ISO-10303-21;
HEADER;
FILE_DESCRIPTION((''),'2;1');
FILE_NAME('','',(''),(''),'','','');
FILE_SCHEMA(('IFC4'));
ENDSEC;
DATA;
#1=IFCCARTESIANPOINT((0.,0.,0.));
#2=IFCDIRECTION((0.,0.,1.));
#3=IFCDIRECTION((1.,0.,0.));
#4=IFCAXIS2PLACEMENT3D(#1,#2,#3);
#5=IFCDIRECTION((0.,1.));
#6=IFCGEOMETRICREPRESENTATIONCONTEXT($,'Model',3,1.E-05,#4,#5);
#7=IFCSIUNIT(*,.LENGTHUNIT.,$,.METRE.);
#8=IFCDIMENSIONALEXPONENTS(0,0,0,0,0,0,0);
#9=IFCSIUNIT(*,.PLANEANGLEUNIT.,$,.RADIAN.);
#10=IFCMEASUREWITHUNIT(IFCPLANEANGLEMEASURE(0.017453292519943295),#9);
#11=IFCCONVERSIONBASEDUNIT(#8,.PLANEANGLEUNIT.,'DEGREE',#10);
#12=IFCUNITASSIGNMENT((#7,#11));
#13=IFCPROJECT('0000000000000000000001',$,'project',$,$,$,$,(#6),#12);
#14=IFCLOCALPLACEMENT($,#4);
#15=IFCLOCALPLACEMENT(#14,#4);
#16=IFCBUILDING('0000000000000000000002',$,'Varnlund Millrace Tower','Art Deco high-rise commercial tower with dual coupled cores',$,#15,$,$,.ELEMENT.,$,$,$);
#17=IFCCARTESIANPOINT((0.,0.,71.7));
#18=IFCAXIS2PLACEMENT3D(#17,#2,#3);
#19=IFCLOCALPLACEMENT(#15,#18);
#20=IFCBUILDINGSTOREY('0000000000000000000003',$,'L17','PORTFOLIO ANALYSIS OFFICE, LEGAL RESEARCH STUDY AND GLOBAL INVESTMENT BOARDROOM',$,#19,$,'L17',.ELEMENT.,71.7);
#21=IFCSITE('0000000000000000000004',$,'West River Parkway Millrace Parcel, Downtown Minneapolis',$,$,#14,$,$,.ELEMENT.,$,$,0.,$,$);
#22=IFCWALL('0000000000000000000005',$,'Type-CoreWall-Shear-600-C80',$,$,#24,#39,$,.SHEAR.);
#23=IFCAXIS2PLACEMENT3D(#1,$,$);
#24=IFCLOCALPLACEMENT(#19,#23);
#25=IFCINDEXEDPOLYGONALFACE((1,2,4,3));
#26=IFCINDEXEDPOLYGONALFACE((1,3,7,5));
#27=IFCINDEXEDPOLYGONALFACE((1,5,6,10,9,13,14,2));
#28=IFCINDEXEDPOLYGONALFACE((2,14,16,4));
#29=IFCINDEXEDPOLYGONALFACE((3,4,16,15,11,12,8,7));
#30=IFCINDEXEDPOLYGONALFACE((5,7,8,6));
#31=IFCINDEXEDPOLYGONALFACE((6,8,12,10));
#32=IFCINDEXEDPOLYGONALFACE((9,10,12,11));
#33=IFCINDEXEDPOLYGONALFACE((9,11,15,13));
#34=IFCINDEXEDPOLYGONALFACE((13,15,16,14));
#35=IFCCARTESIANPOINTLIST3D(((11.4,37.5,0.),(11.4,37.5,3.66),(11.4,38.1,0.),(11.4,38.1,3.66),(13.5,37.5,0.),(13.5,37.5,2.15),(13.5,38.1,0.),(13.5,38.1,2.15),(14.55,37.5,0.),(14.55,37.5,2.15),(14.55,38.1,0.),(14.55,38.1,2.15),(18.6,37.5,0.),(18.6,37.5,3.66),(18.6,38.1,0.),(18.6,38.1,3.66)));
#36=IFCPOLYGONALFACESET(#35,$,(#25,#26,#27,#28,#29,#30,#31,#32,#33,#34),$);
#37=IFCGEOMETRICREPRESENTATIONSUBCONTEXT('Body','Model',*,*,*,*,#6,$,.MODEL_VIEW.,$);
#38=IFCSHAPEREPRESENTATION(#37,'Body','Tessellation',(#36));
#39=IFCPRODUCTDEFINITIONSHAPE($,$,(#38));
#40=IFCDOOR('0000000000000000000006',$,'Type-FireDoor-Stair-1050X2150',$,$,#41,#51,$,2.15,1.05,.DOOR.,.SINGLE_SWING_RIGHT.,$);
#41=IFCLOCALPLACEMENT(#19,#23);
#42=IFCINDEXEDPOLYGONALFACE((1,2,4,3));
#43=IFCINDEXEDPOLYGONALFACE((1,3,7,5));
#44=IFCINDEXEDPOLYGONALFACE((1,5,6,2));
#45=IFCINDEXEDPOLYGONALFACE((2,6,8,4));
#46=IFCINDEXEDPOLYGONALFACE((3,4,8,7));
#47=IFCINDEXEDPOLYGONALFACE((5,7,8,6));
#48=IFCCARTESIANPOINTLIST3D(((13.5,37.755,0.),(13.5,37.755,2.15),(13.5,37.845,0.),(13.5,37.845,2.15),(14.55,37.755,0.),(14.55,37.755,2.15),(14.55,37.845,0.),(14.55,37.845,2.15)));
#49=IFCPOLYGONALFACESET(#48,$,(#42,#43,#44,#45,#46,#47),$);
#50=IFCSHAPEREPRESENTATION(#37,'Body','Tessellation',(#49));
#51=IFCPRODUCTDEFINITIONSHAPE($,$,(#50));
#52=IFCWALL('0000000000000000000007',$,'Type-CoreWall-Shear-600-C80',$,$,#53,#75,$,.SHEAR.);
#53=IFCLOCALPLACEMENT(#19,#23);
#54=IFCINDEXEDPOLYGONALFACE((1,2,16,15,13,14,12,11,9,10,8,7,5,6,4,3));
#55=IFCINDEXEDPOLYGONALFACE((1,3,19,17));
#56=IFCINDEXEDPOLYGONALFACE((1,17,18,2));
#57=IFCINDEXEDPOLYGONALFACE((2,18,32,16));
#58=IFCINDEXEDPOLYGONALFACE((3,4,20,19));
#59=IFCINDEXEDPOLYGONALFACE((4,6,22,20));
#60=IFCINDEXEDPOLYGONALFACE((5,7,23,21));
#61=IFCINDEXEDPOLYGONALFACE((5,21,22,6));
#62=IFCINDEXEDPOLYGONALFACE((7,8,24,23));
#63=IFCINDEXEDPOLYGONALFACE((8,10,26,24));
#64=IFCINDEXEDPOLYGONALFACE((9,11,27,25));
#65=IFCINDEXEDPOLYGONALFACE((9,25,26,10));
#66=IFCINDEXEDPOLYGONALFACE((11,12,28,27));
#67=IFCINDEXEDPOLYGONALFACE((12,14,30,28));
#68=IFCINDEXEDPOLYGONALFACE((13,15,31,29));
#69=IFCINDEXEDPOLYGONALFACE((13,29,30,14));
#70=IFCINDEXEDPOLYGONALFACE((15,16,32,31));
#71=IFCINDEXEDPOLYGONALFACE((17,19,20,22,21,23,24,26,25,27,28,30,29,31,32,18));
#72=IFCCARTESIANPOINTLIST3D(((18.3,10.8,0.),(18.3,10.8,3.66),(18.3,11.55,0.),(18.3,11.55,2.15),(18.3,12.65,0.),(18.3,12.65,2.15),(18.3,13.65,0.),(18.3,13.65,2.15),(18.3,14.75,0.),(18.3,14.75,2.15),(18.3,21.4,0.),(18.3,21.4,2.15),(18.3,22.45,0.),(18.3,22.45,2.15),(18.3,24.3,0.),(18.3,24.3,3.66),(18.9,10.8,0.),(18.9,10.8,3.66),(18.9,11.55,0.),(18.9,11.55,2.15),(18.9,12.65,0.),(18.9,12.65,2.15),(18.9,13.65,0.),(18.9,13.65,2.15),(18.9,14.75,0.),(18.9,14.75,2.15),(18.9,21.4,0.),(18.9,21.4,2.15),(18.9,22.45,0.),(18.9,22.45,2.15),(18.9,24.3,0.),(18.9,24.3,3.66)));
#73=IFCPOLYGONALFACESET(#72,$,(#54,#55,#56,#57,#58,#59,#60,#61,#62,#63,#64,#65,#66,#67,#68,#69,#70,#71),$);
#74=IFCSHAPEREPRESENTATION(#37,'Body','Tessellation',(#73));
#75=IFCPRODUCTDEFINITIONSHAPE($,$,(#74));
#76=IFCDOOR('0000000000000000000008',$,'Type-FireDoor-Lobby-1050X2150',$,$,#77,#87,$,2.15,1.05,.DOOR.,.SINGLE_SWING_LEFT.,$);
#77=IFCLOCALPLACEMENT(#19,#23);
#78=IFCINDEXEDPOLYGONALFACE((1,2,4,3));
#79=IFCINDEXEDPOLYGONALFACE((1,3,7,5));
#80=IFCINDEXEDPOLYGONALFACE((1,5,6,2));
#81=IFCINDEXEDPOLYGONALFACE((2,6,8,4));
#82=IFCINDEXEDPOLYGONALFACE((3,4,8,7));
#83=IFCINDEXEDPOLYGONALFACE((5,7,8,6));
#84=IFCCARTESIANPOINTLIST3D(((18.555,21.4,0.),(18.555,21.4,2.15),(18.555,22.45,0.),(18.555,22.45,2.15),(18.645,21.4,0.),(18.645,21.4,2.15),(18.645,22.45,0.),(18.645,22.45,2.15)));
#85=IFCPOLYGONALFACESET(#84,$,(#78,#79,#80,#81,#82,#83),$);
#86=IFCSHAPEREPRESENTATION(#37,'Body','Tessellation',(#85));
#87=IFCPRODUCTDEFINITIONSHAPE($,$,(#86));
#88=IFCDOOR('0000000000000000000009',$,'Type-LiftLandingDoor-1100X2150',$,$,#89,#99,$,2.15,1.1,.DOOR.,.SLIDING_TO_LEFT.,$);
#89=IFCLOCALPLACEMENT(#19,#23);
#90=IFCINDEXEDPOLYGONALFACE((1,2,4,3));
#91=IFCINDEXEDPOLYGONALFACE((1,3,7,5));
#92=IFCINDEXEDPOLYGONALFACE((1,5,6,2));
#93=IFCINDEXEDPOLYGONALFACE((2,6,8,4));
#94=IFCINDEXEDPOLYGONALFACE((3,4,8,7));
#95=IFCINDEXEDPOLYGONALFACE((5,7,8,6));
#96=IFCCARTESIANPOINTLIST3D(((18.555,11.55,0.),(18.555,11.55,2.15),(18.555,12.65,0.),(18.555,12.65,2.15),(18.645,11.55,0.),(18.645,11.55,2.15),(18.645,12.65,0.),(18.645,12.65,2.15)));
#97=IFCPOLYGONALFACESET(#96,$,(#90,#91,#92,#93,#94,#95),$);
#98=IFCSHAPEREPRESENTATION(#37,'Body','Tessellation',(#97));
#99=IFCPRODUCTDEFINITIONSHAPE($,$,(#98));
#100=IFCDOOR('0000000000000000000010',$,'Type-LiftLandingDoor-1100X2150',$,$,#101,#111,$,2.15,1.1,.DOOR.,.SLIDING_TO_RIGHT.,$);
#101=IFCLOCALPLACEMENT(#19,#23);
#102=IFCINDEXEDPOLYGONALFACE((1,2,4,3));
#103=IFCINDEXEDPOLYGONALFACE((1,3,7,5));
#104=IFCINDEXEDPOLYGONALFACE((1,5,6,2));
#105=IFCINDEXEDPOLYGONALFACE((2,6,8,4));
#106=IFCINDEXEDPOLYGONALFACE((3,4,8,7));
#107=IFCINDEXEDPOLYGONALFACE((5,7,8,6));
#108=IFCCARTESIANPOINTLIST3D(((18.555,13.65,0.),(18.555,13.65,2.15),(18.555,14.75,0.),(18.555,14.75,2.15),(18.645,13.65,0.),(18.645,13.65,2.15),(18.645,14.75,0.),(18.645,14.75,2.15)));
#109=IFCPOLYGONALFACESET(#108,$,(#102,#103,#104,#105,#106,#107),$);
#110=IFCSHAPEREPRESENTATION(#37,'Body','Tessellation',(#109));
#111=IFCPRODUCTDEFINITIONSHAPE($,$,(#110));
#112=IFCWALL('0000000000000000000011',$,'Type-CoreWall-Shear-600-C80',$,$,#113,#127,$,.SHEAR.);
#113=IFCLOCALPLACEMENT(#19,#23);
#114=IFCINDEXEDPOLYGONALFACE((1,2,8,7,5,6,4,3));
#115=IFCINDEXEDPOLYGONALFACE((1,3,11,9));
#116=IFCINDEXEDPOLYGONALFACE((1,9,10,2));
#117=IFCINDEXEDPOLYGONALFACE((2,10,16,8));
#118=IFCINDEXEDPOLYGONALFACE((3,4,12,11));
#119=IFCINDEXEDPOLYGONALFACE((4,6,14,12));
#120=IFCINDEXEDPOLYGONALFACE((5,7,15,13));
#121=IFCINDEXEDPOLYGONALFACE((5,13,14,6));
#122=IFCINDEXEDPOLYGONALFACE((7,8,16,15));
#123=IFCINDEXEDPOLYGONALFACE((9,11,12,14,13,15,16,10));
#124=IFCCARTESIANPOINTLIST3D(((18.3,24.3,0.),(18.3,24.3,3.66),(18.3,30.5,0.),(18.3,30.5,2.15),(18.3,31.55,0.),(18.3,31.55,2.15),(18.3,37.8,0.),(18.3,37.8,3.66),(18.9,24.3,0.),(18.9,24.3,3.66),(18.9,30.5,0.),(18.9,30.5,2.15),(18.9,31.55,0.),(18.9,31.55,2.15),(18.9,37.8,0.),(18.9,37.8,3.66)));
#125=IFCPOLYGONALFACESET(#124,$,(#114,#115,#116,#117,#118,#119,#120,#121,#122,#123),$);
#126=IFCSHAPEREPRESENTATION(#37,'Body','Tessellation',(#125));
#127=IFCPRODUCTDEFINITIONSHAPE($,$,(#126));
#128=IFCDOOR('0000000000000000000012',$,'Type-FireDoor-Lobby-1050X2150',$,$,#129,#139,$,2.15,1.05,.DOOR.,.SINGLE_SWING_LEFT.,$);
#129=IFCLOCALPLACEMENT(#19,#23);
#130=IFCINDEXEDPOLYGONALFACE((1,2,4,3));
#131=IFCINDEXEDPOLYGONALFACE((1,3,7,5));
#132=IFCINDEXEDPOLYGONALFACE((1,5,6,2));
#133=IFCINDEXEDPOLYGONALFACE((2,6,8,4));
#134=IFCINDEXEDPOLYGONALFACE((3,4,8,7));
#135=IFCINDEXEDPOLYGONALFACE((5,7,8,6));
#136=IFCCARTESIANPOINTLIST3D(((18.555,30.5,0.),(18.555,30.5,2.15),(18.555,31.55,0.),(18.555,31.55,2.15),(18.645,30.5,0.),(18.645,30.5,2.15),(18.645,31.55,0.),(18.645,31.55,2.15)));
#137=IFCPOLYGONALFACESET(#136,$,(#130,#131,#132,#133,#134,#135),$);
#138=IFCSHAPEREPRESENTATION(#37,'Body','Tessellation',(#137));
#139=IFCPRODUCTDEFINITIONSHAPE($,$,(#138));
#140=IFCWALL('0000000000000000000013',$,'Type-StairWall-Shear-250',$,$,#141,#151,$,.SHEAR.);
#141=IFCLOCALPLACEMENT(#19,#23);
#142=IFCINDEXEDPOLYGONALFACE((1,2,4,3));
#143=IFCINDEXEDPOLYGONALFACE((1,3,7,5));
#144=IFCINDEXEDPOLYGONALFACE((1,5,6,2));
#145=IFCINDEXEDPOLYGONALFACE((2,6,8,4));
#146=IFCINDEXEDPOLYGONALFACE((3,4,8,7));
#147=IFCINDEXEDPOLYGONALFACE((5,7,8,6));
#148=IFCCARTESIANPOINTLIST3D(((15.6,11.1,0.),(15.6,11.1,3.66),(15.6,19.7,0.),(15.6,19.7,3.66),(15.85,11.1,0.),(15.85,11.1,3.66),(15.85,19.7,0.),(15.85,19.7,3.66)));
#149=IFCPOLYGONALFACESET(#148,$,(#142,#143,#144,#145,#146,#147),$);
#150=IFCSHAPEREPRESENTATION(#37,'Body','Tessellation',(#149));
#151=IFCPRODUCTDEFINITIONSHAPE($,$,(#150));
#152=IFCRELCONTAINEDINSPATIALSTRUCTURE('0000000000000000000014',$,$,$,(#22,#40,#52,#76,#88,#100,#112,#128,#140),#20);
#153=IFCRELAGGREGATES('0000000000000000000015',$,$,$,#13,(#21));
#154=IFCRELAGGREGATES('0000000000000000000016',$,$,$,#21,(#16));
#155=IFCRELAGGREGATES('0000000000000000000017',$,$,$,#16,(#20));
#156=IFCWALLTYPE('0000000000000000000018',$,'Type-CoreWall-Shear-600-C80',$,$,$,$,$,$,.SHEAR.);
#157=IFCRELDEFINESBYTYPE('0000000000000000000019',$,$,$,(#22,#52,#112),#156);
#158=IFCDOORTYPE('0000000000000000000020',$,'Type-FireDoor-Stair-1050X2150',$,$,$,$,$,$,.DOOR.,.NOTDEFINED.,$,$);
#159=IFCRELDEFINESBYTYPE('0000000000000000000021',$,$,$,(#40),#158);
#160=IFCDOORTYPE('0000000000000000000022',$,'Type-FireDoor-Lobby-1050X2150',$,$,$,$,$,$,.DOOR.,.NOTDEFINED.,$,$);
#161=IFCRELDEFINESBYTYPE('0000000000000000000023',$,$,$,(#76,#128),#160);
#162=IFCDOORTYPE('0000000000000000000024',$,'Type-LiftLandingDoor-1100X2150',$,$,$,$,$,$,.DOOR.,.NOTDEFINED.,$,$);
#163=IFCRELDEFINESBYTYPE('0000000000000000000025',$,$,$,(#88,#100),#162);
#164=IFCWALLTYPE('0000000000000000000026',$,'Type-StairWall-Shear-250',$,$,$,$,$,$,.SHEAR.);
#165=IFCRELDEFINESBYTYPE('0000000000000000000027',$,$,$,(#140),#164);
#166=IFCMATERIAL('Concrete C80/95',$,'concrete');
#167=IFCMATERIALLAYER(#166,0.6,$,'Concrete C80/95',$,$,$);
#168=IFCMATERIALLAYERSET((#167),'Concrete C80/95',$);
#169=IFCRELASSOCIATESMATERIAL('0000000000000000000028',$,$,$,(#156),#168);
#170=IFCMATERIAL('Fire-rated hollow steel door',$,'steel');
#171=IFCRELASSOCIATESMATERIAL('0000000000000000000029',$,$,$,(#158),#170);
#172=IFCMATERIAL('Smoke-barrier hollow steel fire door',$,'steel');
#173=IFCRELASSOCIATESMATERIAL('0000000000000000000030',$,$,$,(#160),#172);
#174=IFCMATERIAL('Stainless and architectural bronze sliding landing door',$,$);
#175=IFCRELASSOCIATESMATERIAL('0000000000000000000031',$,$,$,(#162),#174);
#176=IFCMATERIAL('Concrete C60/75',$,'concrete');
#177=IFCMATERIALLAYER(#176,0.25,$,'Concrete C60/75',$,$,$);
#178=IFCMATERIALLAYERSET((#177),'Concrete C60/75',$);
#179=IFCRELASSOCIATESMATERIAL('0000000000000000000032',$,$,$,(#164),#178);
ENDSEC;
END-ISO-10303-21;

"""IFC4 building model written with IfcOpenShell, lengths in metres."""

from ifc_helpers import new_model, entity, si_unit, converted_unit, direction, frame, origin_with_axes, origin_2d_with_axis, place, context, subcontext, project, spatial, polyline, rectangle, outline, extrude, material, layer, layer_set, type_object, element, fill, save


model = new_model("IFC4")

# Units and contexts
model_context = context("Model", 3, precision=1e-05, world=origin_with_axes(), true_north=direction((0.0, 1.0)))
body_context = subcontext(model_context, "Body", "Model", "MODEL_VIEW")
ifc_project = project(units=[si_unit("LENGTHUNIT", "METRE"), converted_unit("PLANEANGLEUNIT", "DEGREE", entity("IfcPlaneAngleMeasure", 0.017453292519943295), si_unit("PLANEANGLEUNIT", "RADIAN"), dimensions=[0, 0, 0, 0, 0, 0, 0])], contexts=[model_context])

# Site, building, storey
site_placement = place(None, origin_with_axes())
site = spatial("IfcSite", under=ifc_project, at=site_placement, Name="West River Parkway Millrace Parcel, Downtown Minneapolis", CompositionType="ELEMENT", RefElevation=0.0)
building_placement = place(site_placement, origin_with_axes())
building = spatial("IfcBuilding", under=site, at=building_placement, Name="Varnlund Millrace Tower", Description="Art Deco high-rise commercial tower with dual coupled cores", CompositionType="ELEMENT")
storey_placement = place(building_placement, frame((0.0, 0.0, 71.7), z_axis=(0.0, 0.0, 1.0), x_axis=(1.0, 0.0, 0.0)))
storey = spatial("IfcBuildingStorey", under=building, at=storey_placement, Name="L17", Description="PORTFOLIO ANALYSIS OFFICE, LEGAL RESEARCH STUDY AND GLOBAL INVESTMENT BOARDROOM", LongName="L17", CompositionType="ELEMENT", Elevation=71.7)

# Shared definitions
ifc_material_1 = material(Name="Concrete C60/75", Category="concrete")

# Shared definitions
ifc_material_2 = material(Name="Concrete C80/95", Category="concrete")
ifc_layer_1 = layer(ifc_material_2, 0.6, Name="Concrete C80/95")
ifc_layer_set_1 = layer_set([ifc_layer_1], Name="Concrete C80/95")
wall_type_1 = type_object("IfcWallType", Name="Type-CoreWall-Shear-600-C80", PredefinedType="SHEAR", material=ifc_layer_set_1)

# Wall, opening, door
ifc_material_3 = material(Name="Fire-rated hollow steel door", Category="steel")
door_type_1 = type_object("IfcDoorType", Name="Type-FireDoor-Stair-1050X2150", OperationType="NOTDEFINED", PredefinedType="DOOR", material=ifc_material_3)
wall_1_placement = place(storey_placement, frame((11.4, 37.8, 0.0), z_axis=(0.0, 0.0, 1.0), x_axis=(1.0, 0.0, 0.0)))
wall_1 = element("IfcWall", 1, at=wall_1_placement, inside=storey, type_object=wall_type_1, Name="Type-CoreWall-Shear-600-C80", PredefinedType="SHEAR", context=body_context, shape_type="SweptSolid", body=[
    extrude(outline(polyline([(0.0, -0.3), (7.2, -0.3), (7.2, 0.3), (0.0, 0.3), (0.0, -0.3)])), origin_with_axes(), (0.0, 0.0, 1.0), 3.66),
])
opening_1_placement = place(wall_1_placement, frame((2.625, 0.0, 0.0), z_axis=(0.0, 0.0, 1.0), x_axis=(1.0, 0.0, 0.0)))
opening_1 = element("IfcOpeningElement", 2, at=opening_1_placement, cuts=wall_1, PredefinedType="OPENING", context=body_context, shape_type="SweptSolid", body=[
    extrude(rectangle(XDim=1.05, YDim=0.62, at=origin_2d_with_axis()), origin_with_axes(), (0.0, 0.0, 1.0), 2.15),
])
door_1_placement = place(wall_1_placement, frame((2.625, 0.0, 0.0), z_axis=(0.0, 0.0, 1.0), x_axis=(1.0, 0.0, 0.0)))
door_1 = element("IfcDoor", 3, at=door_1_placement, inside=storey, type_object=door_type_1, Name="Type-FireDoor-Stair-1050X2150", OperationType="SINGLE_SWING_RIGHT", OverallHeight=2.15, OverallWidth=1.05, PredefinedType="DOOR", context=body_context, shape_type="SweptSolid", body=[
    extrude(rectangle(XDim=1.05, YDim=0.09, at=origin_2d_with_axis()), origin_with_axes(), (0.0, 0.0, 1.0), 2.15),
])
fill(opening_1, door_1)

# Wall, openings, doors
wall_2_placement = place(storey_placement, frame((18.6, 10.8, 0.0), z_axis=(0.0, 0.0, 1.0), x_axis=(0.0, 1.0, 0.0)))
wall_2 = element("IfcWall", 4, at=wall_2_placement, inside=storey, type_object=wall_type_1, Name="Type-CoreWall-Shear-600-C80", PredefinedType="SHEAR", context=body_context, shape_type="SweptSolid", body=[
    extrude(outline(polyline([(0.0, -0.3), (13.5, -0.3), (13.5, 0.3), (0.0, 0.3), (0.0, -0.3)])), origin_with_axes(), (0.0, 0.0, 1.0), 3.66),
])
opening_2_placement = place(wall_2_placement, frame((1.3, 0.0, 0.0), z_axis=(0.0, 0.0, 1.0), x_axis=(1.0, 0.0, 0.0)))
opening_2 = element("IfcOpeningElement", 5, at=opening_2_placement, cuts=wall_2, PredefinedType="OPENING", context=body_context, shape_type="SweptSolid", body=[
    extrude(rectangle(XDim=1.1, YDim=0.62, at=origin_2d_with_axis()), origin_with_axes(), (0.0, 0.0, 1.0), 2.15),
])
opening_3_placement = place(wall_2_placement, frame((3.4, 0.0, 0.0), z_axis=(0.0, 0.0, 1.0), x_axis=(1.0, 0.0, 0.0)))
opening_3 = element("IfcOpeningElement", 6, at=opening_3_placement, cuts=wall_2, PredefinedType="OPENING", context=body_context, shape_type="SweptSolid", body=[
    extrude(rectangle(XDim=1.1, YDim=0.62, at=origin_2d_with_axis()), origin_with_axes(), (0.0, 0.0, 1.0), 2.15),
])
opening_4_placement = place(wall_2_placement, frame((11.125, 0.0, 0.0), z_axis=(0.0, 0.0, 1.0), x_axis=(1.0, 0.0, 0.0)))
opening_4 = element("IfcOpeningElement", 7, at=opening_4_placement, cuts=wall_2, PredefinedType="OPENING", context=body_context, shape_type="SweptSolid", body=[
    extrude(rectangle(XDim=1.05, YDim=0.62, at=origin_2d_with_axis()), origin_with_axes(), (0.0, 0.0, 1.0), 2.15),
])
ifc_material_4 = material(Name="Smoke-barrier hollow steel fire door", Category="steel")
door_type_2 = type_object("IfcDoorType", Name="Type-FireDoor-Lobby-1050X2150", OperationType="NOTDEFINED", PredefinedType="DOOR", material=ifc_material_4)
door_2_placement = place(wall_2_placement, frame((11.125, 0.0, 0.0), z_axis=(0.0, 0.0, 1.0), x_axis=(1.0, 0.0, 0.0)))
door_2 = element("IfcDoor", 8, at=door_2_placement, inside=storey, type_object=door_type_2, Name="Type-FireDoor-Lobby-1050X2150", OperationType="SINGLE_SWING_LEFT", OverallHeight=2.15, OverallWidth=1.05, PredefinedType="DOOR", context=body_context, shape_type="SweptSolid", body=[
    extrude(rectangle(XDim=1.05, YDim=0.09, at=origin_2d_with_axis()), origin_with_axes(), (0.0, 0.0, 1.0), 2.15),
])
fill(opening_4, door_2)
ifc_material_5 = material(Name="Stainless and architectural bronze sliding landing door")
door_type_3 = type_object("IfcDoorType", Name="Type-LiftLandingDoor-1100X2150", OperationType="NOTDEFINED", PredefinedType="DOOR", material=ifc_material_5)
door_3_placement = place(wall_2_placement, frame((1.3, 0.0, 0.0), z_axis=(0.0, 0.0, 1.0), x_axis=(1.0, 0.0, 0.0)))
door_3 = element("IfcDoor", 9, at=door_3_placement, inside=storey, type_object=door_type_3, Name="Type-LiftLandingDoor-1100X2150", OperationType="SLIDING_TO_LEFT", OverallHeight=2.15, OverallWidth=1.1, PredefinedType="DOOR", context=body_context, shape_type="SweptSolid", body=[
    extrude(rectangle(XDim=1.1, YDim=0.09, at=origin_2d_with_axis()), origin_with_axes(), (0.0, 0.0, 1.0), 2.15),
])
fill(opening_2, door_3)
door_4_placement = place(wall_2_placement, frame((3.4, 0.0, 0.0), z_axis=(0.0, 0.0, 1.0), x_axis=(1.0, 0.0, 0.0)))
door_4 = element("IfcDoor", 10, at=door_4_placement, inside=storey, type_object=door_type_3, Name="Type-LiftLandingDoor-1100X2150", OperationType="SLIDING_TO_RIGHT", OverallHeight=2.15, OverallWidth=1.1, PredefinedType="DOOR", context=body_context, shape_type="SweptSolid", body=[
    extrude(rectangle(XDim=1.1, YDim=0.09, at=origin_2d_with_axis()), origin_with_axes(), (0.0, 0.0, 1.0), 2.15),
])
fill(opening_3, door_4)

# Wall, opening, door
wall_3_placement = place(storey_placement, frame((18.6, 24.3, 0.0), z_axis=(0.0, 0.0, 1.0), x_axis=(0.0, 1.0, 0.0)))
wall_3 = element("IfcWall", 11, at=wall_3_placement, inside=storey, type_object=wall_type_1, Name="Type-CoreWall-Shear-600-C80", PredefinedType="SHEAR", context=body_context, shape_type="SweptSolid", body=[
    extrude(outline(polyline([(0.0, -0.3), (13.5, -0.3), (13.5, 0.3), (0.0, 0.3), (0.0, -0.3)])), origin_with_axes(), (0.0, 0.0, 1.0), 3.66),
])
opening_5_placement = place(wall_3_placement, frame((6.725, 0.0, 0.0), z_axis=(0.0, 0.0, 1.0), x_axis=(1.0, 0.0, 0.0)))
opening_5 = element("IfcOpeningElement", 12, at=opening_5_placement, cuts=wall_3, PredefinedType="OPENING", context=body_context, shape_type="SweptSolid", body=[
    extrude(rectangle(XDim=1.05, YDim=0.62, at=origin_2d_with_axis()), origin_with_axes(), (0.0, 0.0, 1.0), 2.15),
])
door_5_placement = place(wall_3_placement, frame((6.725, 0.0, 0.0), z_axis=(0.0, 0.0, 1.0), x_axis=(1.0, 0.0, 0.0)))
door_5 = element("IfcDoor", 13, at=door_5_placement, inside=storey, type_object=door_type_2, Name="Type-FireDoor-Lobby-1050X2150", OperationType="SINGLE_SWING_LEFT", OverallHeight=2.15, OverallWidth=1.05, PredefinedType="DOOR", context=body_context, shape_type="SweptSolid", body=[
    extrude(rectangle(XDim=1.05, YDim=0.09, at=origin_2d_with_axis()), origin_with_axes(), (0.0, 0.0, 1.0), 2.15),
])
fill(opening_5, door_5)

# Wall
ifc_layer_2 = layer(ifc_material_1, 0.25, Name="Concrete C60/75")
ifc_layer_set_2 = layer_set([ifc_layer_2], Name="Concrete C60/75")
wall_type_2 = type_object("IfcWallType", Name="Type-StairWall-Shear-250", PredefinedType="SHEAR", material=ifc_layer_set_2)
wall_4_placement = place(storey_placement, frame((15.725, 11.1, 0.0), z_axis=(0.0, 0.0, 1.0), x_axis=(0.0, 1.0, 0.0)))
element("IfcWall", 14, at=wall_4_placement, inside=storey, type_object=wall_type_2, Name="Type-StairWall-Shear-250", PredefinedType="SHEAR", context=body_context, shape_type="SweptSolid", body=[
    extrude(outline(polyline([(0.0, -0.125), (8.6, -0.125), (8.6, 0.125), (0.0, 0.125), (0.0, -0.125)])), origin_with_axes(), (0.0, 0.0, 1.0), 3.66),
])

save(model, "model.ifc")
